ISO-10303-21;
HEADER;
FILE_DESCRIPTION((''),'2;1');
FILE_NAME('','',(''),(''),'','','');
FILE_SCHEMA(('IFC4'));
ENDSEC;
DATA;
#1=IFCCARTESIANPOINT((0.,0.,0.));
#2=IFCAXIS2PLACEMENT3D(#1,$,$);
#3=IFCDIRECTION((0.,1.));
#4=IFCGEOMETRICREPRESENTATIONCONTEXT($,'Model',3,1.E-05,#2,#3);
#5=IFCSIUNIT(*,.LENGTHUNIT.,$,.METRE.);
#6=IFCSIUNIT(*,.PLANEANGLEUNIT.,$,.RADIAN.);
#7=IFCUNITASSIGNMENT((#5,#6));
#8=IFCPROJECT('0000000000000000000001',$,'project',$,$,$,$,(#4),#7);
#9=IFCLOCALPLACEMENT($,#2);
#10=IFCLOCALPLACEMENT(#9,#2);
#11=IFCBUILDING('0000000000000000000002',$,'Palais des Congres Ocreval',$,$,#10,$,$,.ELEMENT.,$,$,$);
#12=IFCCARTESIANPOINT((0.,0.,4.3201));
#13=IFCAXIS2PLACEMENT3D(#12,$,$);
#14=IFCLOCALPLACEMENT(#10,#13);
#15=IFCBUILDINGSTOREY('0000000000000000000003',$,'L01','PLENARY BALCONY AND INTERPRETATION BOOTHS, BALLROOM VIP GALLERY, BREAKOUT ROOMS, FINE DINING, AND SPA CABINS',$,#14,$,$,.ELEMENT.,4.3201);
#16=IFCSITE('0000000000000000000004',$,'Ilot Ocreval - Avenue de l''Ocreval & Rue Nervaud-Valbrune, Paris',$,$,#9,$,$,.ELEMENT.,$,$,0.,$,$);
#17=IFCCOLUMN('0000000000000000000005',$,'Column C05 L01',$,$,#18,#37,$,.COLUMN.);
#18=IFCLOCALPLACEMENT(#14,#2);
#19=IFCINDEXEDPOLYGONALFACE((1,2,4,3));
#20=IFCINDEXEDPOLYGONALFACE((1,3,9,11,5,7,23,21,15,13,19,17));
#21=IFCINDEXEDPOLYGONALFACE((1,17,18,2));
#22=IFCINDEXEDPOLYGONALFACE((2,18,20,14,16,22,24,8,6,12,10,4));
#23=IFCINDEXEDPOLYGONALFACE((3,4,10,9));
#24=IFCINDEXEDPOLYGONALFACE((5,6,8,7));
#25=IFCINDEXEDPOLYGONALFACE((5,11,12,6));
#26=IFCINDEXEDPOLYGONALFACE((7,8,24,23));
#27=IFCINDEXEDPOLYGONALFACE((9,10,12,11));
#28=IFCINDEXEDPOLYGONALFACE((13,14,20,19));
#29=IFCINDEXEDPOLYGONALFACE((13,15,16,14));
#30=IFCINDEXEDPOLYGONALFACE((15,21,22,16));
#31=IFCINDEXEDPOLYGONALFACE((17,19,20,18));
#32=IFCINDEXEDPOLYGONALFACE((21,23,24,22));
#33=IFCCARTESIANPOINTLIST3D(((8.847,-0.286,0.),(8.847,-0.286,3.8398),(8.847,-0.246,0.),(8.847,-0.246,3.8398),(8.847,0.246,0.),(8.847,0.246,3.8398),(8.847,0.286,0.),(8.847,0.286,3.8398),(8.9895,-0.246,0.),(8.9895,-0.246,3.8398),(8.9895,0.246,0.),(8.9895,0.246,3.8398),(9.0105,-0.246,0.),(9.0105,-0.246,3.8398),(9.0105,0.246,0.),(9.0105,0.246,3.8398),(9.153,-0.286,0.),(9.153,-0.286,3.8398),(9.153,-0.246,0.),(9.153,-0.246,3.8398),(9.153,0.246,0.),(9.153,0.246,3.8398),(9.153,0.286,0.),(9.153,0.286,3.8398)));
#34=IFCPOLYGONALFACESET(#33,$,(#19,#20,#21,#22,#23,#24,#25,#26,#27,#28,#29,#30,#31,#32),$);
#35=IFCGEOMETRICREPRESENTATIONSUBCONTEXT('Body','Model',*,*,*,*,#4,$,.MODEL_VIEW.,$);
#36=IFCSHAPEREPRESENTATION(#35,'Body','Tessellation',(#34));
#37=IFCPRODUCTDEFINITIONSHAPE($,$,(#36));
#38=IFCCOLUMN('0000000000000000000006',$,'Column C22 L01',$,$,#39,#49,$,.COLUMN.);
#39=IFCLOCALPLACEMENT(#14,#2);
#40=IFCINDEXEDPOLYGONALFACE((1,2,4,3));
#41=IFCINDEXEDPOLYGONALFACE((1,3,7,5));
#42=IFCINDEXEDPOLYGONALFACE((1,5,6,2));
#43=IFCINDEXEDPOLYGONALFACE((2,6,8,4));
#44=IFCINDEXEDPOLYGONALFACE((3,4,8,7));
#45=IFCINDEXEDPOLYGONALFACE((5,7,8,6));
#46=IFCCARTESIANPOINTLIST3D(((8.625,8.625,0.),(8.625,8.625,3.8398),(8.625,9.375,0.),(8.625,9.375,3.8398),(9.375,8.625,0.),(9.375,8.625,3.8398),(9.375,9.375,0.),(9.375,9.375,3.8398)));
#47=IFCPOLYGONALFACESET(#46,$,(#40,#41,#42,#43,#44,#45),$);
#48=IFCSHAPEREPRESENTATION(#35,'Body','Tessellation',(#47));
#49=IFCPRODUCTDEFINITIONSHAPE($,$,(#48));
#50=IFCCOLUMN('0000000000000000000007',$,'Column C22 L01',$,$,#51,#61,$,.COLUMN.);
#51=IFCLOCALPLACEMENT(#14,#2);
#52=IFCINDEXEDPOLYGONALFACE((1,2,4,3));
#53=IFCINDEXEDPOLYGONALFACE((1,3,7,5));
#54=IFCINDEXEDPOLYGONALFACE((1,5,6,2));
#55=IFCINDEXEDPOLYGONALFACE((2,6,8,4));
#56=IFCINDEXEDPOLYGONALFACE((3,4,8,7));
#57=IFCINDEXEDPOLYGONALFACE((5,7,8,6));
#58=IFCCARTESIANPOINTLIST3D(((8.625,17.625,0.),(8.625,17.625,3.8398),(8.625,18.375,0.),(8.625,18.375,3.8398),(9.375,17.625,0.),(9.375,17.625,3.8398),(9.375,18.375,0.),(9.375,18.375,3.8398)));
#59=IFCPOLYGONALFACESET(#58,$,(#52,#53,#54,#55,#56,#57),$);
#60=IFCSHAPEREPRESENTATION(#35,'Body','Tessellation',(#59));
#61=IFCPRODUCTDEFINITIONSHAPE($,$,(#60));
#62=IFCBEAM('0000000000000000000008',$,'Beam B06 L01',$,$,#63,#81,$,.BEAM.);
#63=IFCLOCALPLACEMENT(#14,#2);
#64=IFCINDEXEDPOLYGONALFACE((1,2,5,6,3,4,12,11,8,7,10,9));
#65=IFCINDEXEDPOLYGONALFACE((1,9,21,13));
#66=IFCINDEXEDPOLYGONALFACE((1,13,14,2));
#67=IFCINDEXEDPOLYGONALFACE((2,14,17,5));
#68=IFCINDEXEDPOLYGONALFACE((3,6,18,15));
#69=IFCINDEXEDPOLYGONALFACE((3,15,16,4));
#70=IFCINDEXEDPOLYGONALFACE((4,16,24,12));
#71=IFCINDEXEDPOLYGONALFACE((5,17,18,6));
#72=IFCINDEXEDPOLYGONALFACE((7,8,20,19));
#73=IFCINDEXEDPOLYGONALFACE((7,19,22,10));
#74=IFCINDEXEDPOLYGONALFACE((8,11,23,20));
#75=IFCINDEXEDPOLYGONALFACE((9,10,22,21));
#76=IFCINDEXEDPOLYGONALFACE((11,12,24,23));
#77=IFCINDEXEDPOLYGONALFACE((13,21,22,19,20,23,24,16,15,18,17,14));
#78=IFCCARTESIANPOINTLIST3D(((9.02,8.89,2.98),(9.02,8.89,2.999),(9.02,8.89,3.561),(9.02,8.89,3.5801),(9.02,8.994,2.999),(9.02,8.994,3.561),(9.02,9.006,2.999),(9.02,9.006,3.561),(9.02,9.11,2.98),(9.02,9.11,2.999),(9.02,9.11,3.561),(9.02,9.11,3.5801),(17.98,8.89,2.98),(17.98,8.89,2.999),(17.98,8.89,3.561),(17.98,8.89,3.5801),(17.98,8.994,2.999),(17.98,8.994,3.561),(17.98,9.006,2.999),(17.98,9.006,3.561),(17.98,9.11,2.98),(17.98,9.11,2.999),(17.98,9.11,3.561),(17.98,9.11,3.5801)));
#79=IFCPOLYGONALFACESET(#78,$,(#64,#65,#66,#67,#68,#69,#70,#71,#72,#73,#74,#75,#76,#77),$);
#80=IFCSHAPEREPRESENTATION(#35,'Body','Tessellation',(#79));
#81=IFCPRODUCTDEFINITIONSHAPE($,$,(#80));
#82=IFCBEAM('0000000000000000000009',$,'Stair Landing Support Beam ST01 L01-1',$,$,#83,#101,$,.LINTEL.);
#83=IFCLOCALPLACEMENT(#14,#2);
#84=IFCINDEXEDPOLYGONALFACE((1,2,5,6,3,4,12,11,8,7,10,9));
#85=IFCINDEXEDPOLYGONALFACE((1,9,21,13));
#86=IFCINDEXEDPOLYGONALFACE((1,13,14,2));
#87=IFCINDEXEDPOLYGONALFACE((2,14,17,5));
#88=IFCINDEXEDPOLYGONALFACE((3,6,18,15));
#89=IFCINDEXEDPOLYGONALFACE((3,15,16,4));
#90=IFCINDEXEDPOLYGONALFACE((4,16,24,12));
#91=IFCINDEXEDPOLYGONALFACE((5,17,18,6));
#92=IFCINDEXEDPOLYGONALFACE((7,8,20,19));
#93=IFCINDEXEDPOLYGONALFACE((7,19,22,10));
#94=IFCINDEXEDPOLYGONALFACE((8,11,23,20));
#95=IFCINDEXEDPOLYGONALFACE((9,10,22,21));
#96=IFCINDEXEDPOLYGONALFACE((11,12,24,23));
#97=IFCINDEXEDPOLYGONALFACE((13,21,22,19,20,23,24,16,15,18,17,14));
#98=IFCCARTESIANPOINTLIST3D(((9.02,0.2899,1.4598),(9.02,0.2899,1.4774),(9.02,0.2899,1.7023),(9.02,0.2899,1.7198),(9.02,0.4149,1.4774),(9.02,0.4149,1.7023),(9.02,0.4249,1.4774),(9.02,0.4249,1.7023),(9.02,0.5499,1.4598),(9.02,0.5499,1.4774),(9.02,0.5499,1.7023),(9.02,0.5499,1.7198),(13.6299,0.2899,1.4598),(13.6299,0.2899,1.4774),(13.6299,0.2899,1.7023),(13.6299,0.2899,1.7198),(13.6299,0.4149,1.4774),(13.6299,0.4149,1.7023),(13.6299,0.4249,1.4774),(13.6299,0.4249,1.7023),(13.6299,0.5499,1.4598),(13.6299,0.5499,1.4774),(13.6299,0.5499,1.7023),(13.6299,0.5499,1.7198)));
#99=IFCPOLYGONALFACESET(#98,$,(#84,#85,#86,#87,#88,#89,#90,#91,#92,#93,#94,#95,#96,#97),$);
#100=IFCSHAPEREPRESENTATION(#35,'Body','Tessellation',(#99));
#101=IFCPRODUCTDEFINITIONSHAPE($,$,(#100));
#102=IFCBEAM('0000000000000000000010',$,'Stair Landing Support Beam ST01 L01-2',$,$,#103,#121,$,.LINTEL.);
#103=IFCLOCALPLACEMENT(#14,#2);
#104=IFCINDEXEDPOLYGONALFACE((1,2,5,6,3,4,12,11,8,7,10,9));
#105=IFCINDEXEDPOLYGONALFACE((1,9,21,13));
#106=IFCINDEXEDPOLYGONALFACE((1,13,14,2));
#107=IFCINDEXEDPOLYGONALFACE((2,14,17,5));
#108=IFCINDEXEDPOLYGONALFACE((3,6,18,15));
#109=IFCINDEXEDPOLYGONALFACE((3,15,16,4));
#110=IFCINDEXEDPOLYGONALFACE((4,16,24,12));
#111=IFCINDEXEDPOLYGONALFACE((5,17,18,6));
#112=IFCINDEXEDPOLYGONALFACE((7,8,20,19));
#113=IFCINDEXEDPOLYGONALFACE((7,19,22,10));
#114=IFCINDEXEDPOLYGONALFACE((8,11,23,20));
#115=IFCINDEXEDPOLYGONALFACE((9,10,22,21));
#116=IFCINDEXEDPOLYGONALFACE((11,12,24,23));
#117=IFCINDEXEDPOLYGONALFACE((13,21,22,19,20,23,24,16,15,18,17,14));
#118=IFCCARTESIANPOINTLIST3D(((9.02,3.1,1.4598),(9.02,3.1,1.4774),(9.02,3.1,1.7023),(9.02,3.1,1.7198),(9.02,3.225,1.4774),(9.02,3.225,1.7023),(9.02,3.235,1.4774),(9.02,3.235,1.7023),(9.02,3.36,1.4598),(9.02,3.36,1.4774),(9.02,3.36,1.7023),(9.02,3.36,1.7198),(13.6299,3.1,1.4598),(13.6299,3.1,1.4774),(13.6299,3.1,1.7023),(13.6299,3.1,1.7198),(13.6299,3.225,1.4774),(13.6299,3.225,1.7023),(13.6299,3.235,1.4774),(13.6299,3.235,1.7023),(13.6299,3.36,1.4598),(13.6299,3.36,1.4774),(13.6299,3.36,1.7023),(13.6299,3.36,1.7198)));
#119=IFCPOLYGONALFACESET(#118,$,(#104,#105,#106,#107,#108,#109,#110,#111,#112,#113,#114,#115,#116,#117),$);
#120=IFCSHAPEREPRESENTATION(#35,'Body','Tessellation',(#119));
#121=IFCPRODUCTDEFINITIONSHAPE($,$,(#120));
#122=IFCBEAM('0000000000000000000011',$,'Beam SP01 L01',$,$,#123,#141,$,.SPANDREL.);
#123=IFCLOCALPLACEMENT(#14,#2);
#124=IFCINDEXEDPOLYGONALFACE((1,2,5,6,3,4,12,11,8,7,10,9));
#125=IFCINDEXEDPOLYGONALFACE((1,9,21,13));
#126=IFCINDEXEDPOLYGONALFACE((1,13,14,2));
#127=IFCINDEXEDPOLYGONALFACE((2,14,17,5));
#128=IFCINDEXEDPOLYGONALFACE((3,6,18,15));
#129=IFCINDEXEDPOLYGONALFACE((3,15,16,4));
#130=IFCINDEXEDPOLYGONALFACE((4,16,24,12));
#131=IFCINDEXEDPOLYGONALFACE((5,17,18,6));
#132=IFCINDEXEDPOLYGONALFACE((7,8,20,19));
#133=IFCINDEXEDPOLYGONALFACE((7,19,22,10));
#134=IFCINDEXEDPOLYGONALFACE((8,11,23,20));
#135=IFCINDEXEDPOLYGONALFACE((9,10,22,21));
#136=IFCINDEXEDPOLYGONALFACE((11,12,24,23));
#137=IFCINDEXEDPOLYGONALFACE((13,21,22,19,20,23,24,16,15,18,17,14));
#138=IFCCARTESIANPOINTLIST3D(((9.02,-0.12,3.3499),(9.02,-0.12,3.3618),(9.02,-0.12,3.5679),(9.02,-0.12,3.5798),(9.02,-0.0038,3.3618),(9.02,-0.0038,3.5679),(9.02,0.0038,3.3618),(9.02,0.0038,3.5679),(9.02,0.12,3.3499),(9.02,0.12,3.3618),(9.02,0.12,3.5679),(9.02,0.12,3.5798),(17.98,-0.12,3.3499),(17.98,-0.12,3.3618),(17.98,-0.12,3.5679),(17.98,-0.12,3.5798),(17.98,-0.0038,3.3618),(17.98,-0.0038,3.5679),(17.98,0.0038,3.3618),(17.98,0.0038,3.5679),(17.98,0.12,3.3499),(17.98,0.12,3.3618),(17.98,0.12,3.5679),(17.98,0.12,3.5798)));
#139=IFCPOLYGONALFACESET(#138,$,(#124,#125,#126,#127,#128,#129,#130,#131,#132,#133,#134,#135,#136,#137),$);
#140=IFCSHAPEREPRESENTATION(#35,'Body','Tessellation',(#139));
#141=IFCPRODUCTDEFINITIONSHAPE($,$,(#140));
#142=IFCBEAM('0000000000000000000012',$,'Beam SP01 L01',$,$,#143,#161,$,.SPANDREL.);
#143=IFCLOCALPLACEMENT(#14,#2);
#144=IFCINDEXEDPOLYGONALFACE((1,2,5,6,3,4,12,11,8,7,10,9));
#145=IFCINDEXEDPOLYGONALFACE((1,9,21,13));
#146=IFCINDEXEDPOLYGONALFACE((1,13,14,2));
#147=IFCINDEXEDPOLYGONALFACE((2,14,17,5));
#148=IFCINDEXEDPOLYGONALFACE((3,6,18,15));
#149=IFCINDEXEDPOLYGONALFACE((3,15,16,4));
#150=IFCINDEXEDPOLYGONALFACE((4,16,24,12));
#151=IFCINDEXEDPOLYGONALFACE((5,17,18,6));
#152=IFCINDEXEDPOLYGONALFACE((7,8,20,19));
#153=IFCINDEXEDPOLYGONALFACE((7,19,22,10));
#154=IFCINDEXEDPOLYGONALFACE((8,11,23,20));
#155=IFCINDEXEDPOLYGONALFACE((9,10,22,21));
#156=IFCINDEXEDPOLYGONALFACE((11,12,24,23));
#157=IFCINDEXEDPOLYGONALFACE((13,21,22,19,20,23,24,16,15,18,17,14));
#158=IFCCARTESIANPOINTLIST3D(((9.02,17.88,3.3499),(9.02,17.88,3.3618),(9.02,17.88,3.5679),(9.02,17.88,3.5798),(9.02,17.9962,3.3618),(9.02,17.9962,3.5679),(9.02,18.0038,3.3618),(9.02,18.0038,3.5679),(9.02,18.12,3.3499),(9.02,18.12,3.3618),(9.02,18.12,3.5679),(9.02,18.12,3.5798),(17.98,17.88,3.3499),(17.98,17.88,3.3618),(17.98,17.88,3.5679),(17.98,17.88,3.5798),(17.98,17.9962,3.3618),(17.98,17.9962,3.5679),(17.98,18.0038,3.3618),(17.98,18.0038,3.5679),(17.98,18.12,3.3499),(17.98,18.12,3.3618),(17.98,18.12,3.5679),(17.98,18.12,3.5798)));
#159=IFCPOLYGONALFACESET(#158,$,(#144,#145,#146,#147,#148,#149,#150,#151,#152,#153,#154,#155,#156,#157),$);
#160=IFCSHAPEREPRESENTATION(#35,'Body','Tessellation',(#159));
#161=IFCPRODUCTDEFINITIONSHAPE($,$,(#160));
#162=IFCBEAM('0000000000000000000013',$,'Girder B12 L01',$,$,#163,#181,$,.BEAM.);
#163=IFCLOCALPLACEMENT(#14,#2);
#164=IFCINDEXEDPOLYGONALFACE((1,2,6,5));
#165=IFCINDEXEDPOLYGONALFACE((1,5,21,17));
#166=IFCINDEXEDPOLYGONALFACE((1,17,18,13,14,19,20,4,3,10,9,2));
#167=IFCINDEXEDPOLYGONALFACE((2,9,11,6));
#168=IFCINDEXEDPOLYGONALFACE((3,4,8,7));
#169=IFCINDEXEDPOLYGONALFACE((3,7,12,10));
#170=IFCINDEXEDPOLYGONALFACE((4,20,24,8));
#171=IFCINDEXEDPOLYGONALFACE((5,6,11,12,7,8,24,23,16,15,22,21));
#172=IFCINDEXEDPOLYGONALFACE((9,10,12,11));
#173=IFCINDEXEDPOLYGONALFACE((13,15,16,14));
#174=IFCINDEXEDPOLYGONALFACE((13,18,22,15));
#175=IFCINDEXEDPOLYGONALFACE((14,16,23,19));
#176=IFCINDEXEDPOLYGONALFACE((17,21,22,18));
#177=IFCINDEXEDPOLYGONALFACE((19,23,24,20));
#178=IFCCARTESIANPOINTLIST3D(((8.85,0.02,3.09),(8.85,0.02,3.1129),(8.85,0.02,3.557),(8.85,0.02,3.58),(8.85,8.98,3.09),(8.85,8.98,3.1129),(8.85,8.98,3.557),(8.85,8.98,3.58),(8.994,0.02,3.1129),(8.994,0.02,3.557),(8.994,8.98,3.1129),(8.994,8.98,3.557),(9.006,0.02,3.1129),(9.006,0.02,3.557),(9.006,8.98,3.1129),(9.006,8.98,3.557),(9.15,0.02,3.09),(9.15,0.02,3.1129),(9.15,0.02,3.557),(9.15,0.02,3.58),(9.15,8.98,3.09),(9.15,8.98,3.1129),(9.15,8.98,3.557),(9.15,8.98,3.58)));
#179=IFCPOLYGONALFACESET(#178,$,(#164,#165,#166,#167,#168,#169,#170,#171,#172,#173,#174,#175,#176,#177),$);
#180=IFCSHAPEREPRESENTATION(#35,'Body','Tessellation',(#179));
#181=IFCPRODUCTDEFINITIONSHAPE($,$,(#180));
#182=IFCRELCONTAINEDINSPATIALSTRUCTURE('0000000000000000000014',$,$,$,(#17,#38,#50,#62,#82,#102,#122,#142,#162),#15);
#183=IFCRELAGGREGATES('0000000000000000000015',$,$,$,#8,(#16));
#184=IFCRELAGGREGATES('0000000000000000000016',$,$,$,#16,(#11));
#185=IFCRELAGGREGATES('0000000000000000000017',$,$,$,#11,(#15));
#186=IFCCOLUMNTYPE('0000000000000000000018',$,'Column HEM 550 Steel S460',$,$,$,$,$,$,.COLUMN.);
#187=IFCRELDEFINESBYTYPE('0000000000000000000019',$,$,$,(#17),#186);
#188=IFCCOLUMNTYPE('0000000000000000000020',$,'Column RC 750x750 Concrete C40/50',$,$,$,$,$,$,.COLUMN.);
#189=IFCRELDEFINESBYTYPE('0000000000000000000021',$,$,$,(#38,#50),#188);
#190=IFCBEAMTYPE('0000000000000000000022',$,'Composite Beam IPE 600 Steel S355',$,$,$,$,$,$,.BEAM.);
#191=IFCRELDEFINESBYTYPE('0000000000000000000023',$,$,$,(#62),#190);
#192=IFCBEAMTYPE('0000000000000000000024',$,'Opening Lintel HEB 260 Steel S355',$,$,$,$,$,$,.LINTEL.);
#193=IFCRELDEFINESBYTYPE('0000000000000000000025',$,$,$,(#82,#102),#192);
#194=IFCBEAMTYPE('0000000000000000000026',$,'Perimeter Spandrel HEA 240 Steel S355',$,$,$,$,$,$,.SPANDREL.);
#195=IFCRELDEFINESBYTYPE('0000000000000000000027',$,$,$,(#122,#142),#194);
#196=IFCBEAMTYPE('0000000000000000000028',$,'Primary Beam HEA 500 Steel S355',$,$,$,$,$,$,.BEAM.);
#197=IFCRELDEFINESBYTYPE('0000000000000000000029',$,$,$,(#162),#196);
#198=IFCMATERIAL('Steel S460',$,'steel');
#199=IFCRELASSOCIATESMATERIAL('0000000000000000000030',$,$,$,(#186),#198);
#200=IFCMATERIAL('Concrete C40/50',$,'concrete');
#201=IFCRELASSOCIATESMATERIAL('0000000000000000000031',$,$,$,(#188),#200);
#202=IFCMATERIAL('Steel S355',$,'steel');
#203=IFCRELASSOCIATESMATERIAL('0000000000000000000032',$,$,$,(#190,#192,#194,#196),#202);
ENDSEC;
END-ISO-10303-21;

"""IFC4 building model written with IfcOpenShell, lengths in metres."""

from ifc_helpers import new_model, si_unit, direction, frame, origin, origin_2d, place, context, subcontext, project, spatial, rectangle, i_section, extrude, material, material_profile, profile_set, type_object, element, save


model = new_model("IFC4")

# Units and contexts
model_context = context("Model", 3, precision=1e-05, world=origin(), true_north=direction((0.0, 1.0)))
body_context = subcontext(model_context, "Body", "Model", "MODEL_VIEW")
ifc_project = project(units=[si_unit("LENGTHUNIT", "METRE"), si_unit("PLANEANGLEUNIT", "RADIAN")], contexts=[model_context])

# Site, building, storey
site_placement = place(None, origin())
site = spatial("IfcSite", under=ifc_project, at=site_placement, Name="Ilot Ocreval - Avenue de l'Ocreval & Rue Nervaud-Valbrune, Paris", CompositionType="ELEMENT", RefElevation=0.0)
building_placement = place(site_placement, origin())
building = spatial("IfcBuilding", under=site, at=building_placement, Name="Palais des Congres Ocreval", CompositionType="ELEMENT")
storey_placement = place(building_placement, frame((0.0, 0.0, 4.3201)))
storey = spatial("IfcBuildingStorey", under=building, at=storey_placement, Name="L01", Description="PLENARY BALCONY AND INTERPRETATION BOOTHS, BALLROOM VIP GALLERY, BREAKOUT ROOMS, FINE DINING, AND SPA CABINS", CompositionType="ELEMENT", Elevation=4.3201)

# Columns
ifc_material_1 = material(Name="Steel S460", Category="steel")
ifc_material_profile_1 = material_profile(ifc_material_1, i_section(OverallWidth=0.3059, OverallDepth=0.572, WebThickness=0.021, FlangeThickness=0.04, at=origin_2d()), Name="HEM 550")
ifc_profile_set_1 = profile_set([ifc_material_profile_1], Name="Steel S460")
column_type_1 = type_object("IfcColumnType", Name="Column HEM 550 Steel S460", PredefinedType="COLUMN", material=ifc_profile_set_1)
column_placement = place(storey_placement, frame((9.0, 0.0, 0.0), z_axis=(0.0, 0.0, 1.0), x_axis=(1.0, 0.0, 0.0)))
element("IfcColumn", 1, at=column_placement, inside=storey, type_object=column_type_1, Name="Column C05 L01", PredefinedType="COLUMN", context=body_context, shape_type="SweptSolid", body=[
    extrude(i_section(OverallWidth=0.3059, OverallDepth=0.572, WebThickness=0.021, FlangeThickness=0.04, at=origin_2d()), origin(), (0.0, 0.0, 1.0), 3.8398),
])
ifc_material_2 = material(Name="Concrete C40/50", Category="concrete")
ifc_material_profile_2 = material_profile(ifc_material_2, rectangle(XDim=0.75, YDim=0.75, at=origin_2d()), Name="RC 750x750")
ifc_profile_set_2 = profile_set([ifc_material_profile_2], Name="Concrete C40/50")
column_type_2 = type_object("IfcColumnType", Name="Column RC 750x750 Concrete C40/50", PredefinedType="COLUMN", material=ifc_profile_set_2)
for number, where, z_axis, x_axis, name in (
    (2, (9.0, 9.0, 0.0), (0.0, 0.0, 1.0), (1.0, 0.0, 0.0), "Column C22 L01"),
    (3, (9.0, 18.0, 0.0), (0.0, 0.0, 1.0), (1.0, 0.0, 0.0), "Column C22 L01"),
):
    element("IfcColumn", number, at=place(storey_placement, frame(where, z_axis=z_axis, x_axis=x_axis)), inside=storey, type_object=column_type_2, Name=name, PredefinedType="COLUMN", context=body_context, shape_type="SweptSolid", body=[
        extrude(rectangle(XDim=0.75, YDim=0.75, at=origin_2d()), origin(), (0.0, 0.0, 1.0), 3.8398),
    ])

# Beams
ifc_material_3 = material(Name="Steel S355", Category="steel")
ifc_material_profile_3 = material_profile(ifc_material_3, i_section(OverallWidth=0.22, OverallDepth=0.6001, WebThickness=0.012, FlangeThickness=0.019, at=origin_2d()), Name="IPE 600")
ifc_profile_set_3 = profile_set([ifc_material_profile_3], Name="Steel S355")
beam_type_1 = type_object("IfcBeamType", Name="Composite Beam IPE 600 Steel S355", PredefinedType="BEAM", material=ifc_profile_set_3)
beam_1_placement = place(storey_placement, frame((9.02, 9.0, 3.28), z_axis=(1.0, 0.0, 0.0), x_axis=(0.0, 1.0, 0.0)))
element("IfcBeam", 4, at=beam_1_placement, inside=storey, type_object=beam_type_1, Name="Beam B06 L01", PredefinedType="BEAM", context=body_context, shape_type="SweptSolid", body=[
    extrude(i_section(OverallWidth=0.22, OverallDepth=0.6001, WebThickness=0.012, FlangeThickness=0.019, at=origin_2d()), origin(), (0.0, 0.0, 1.0), 8.96),
])
ifc_material_profile_4 = material_profile(ifc_material_3, i_section(OverallWidth=0.26, OverallDepth=0.26, WebThickness=0.01, FlangeThickness=0.0176, at=origin_2d()), Name="HEB 260")
ifc_profile_set_4 = profile_set([ifc_material_profile_4], Name="Steel S355")
beam_type_2 = type_object("IfcBeamType", Name="Opening Lintel HEB 260 Steel S355", PredefinedType="LINTEL", material=ifc_profile_set_4)
for number, where, z_axis, x_axis, name in (
    (5, (9.02, 0.4199, 1.5898), (1.0, 0.0, 0.0), (0.0, 1.0, 0.0), "Stair Landing Support Beam ST01 L01-1"),
    (6, (9.02, 3.23, 1.5898), (1.0, 0.0, 0.0), (0.0, 1.0, 0.0), "Stair Landing Support Beam ST01 L01-2"),
):
    element("IfcBeam", number, at=place(storey_placement, frame(where, z_axis=z_axis, x_axis=x_axis)), inside=storey, type_object=beam_type_2, Name=name, PredefinedType="LINTEL", context=body_context, shape_type="SweptSolid", body=[
        extrude(i_section(OverallWidth=0.26, OverallDepth=0.26, WebThickness=0.01, FlangeThickness=0.0176, at=origin_2d()), origin(), (0.0, 0.0, 1.0), 4.6099),
    ])
ifc_material_profile_5 = material_profile(ifc_material_3, i_section(OverallWidth=0.24, OverallDepth=0.23, WebThickness=0.0076, FlangeThickness=0.012, at=origin_2d()), Name="HEA 240")
ifc_profile_set_5 = profile_set([ifc_material_profile_5], Name="Steel S355")
beam_type_3 = type_object("IfcBeamType", Name="Perimeter Spandrel HEA 240 Steel S355", PredefinedType="SPANDREL", material=ifc_profile_set_5)
for number, where, z_axis, x_axis, name in (
    (7, (9.02, 0.0, 3.4648), (1.0, 0.0, 0.0), (0.0, 1.0, 0.0), "Beam SP01 L01"),
    (8, (9.02, 18.0, 3.4648), (1.0, 0.0, 0.0), (0.0, 1.0, 0.0), "Beam SP01 L01"),
):
    element("IfcBeam", number, at=place(storey_placement, frame(where, z_axis=z_axis, x_axis=x_axis)), inside=storey, type_object=beam_type_3, Name=name, PredefinedType="SPANDREL", context=body_context, shape_type="SweptSolid", body=[
        extrude(i_section(OverallWidth=0.24, OverallDepth=0.23, WebThickness=0.0076, FlangeThickness=0.012, at=origin_2d()), origin(), (0.0, 0.0, 1.0), 8.96),
    ])
ifc_material_profile_6 = material_profile(ifc_material_3, i_section(OverallWidth=0.3, OverallDepth=0.49, WebThickness=0.012, FlangeThickness=0.0229, at=origin_2d()), Name="HEA 500")
ifc_profile_set_6 = profile_set([ifc_material_profile_6], Name="Steel S355")
beam_type_4 = type_object("IfcBeamType", Name="Primary Beam HEA 500 Steel S355", PredefinedType="BEAM", material=ifc_profile_set_6)
beam_2_placement = place(storey_placement, frame((9.0, 0.02, 3.335), z_axis=(0.0, 1.0, 0.0), x_axis=(-1.0, 0.0, 0.0)))
element("IfcBeam", 9, at=beam_2_placement, inside=storey, type_object=beam_type_4, Name="Girder B12 L01", PredefinedType="BEAM", context=body_context, shape_type="SweptSolid", body=[
    extrude(i_section(OverallWidth=0.3, OverallDepth=0.49, WebThickness=0.012, FlangeThickness=0.0229, at=origin_2d()), origin(), (0.0, 0.0, 1.0), 8.96),
])

save(model, "model.ifc")
